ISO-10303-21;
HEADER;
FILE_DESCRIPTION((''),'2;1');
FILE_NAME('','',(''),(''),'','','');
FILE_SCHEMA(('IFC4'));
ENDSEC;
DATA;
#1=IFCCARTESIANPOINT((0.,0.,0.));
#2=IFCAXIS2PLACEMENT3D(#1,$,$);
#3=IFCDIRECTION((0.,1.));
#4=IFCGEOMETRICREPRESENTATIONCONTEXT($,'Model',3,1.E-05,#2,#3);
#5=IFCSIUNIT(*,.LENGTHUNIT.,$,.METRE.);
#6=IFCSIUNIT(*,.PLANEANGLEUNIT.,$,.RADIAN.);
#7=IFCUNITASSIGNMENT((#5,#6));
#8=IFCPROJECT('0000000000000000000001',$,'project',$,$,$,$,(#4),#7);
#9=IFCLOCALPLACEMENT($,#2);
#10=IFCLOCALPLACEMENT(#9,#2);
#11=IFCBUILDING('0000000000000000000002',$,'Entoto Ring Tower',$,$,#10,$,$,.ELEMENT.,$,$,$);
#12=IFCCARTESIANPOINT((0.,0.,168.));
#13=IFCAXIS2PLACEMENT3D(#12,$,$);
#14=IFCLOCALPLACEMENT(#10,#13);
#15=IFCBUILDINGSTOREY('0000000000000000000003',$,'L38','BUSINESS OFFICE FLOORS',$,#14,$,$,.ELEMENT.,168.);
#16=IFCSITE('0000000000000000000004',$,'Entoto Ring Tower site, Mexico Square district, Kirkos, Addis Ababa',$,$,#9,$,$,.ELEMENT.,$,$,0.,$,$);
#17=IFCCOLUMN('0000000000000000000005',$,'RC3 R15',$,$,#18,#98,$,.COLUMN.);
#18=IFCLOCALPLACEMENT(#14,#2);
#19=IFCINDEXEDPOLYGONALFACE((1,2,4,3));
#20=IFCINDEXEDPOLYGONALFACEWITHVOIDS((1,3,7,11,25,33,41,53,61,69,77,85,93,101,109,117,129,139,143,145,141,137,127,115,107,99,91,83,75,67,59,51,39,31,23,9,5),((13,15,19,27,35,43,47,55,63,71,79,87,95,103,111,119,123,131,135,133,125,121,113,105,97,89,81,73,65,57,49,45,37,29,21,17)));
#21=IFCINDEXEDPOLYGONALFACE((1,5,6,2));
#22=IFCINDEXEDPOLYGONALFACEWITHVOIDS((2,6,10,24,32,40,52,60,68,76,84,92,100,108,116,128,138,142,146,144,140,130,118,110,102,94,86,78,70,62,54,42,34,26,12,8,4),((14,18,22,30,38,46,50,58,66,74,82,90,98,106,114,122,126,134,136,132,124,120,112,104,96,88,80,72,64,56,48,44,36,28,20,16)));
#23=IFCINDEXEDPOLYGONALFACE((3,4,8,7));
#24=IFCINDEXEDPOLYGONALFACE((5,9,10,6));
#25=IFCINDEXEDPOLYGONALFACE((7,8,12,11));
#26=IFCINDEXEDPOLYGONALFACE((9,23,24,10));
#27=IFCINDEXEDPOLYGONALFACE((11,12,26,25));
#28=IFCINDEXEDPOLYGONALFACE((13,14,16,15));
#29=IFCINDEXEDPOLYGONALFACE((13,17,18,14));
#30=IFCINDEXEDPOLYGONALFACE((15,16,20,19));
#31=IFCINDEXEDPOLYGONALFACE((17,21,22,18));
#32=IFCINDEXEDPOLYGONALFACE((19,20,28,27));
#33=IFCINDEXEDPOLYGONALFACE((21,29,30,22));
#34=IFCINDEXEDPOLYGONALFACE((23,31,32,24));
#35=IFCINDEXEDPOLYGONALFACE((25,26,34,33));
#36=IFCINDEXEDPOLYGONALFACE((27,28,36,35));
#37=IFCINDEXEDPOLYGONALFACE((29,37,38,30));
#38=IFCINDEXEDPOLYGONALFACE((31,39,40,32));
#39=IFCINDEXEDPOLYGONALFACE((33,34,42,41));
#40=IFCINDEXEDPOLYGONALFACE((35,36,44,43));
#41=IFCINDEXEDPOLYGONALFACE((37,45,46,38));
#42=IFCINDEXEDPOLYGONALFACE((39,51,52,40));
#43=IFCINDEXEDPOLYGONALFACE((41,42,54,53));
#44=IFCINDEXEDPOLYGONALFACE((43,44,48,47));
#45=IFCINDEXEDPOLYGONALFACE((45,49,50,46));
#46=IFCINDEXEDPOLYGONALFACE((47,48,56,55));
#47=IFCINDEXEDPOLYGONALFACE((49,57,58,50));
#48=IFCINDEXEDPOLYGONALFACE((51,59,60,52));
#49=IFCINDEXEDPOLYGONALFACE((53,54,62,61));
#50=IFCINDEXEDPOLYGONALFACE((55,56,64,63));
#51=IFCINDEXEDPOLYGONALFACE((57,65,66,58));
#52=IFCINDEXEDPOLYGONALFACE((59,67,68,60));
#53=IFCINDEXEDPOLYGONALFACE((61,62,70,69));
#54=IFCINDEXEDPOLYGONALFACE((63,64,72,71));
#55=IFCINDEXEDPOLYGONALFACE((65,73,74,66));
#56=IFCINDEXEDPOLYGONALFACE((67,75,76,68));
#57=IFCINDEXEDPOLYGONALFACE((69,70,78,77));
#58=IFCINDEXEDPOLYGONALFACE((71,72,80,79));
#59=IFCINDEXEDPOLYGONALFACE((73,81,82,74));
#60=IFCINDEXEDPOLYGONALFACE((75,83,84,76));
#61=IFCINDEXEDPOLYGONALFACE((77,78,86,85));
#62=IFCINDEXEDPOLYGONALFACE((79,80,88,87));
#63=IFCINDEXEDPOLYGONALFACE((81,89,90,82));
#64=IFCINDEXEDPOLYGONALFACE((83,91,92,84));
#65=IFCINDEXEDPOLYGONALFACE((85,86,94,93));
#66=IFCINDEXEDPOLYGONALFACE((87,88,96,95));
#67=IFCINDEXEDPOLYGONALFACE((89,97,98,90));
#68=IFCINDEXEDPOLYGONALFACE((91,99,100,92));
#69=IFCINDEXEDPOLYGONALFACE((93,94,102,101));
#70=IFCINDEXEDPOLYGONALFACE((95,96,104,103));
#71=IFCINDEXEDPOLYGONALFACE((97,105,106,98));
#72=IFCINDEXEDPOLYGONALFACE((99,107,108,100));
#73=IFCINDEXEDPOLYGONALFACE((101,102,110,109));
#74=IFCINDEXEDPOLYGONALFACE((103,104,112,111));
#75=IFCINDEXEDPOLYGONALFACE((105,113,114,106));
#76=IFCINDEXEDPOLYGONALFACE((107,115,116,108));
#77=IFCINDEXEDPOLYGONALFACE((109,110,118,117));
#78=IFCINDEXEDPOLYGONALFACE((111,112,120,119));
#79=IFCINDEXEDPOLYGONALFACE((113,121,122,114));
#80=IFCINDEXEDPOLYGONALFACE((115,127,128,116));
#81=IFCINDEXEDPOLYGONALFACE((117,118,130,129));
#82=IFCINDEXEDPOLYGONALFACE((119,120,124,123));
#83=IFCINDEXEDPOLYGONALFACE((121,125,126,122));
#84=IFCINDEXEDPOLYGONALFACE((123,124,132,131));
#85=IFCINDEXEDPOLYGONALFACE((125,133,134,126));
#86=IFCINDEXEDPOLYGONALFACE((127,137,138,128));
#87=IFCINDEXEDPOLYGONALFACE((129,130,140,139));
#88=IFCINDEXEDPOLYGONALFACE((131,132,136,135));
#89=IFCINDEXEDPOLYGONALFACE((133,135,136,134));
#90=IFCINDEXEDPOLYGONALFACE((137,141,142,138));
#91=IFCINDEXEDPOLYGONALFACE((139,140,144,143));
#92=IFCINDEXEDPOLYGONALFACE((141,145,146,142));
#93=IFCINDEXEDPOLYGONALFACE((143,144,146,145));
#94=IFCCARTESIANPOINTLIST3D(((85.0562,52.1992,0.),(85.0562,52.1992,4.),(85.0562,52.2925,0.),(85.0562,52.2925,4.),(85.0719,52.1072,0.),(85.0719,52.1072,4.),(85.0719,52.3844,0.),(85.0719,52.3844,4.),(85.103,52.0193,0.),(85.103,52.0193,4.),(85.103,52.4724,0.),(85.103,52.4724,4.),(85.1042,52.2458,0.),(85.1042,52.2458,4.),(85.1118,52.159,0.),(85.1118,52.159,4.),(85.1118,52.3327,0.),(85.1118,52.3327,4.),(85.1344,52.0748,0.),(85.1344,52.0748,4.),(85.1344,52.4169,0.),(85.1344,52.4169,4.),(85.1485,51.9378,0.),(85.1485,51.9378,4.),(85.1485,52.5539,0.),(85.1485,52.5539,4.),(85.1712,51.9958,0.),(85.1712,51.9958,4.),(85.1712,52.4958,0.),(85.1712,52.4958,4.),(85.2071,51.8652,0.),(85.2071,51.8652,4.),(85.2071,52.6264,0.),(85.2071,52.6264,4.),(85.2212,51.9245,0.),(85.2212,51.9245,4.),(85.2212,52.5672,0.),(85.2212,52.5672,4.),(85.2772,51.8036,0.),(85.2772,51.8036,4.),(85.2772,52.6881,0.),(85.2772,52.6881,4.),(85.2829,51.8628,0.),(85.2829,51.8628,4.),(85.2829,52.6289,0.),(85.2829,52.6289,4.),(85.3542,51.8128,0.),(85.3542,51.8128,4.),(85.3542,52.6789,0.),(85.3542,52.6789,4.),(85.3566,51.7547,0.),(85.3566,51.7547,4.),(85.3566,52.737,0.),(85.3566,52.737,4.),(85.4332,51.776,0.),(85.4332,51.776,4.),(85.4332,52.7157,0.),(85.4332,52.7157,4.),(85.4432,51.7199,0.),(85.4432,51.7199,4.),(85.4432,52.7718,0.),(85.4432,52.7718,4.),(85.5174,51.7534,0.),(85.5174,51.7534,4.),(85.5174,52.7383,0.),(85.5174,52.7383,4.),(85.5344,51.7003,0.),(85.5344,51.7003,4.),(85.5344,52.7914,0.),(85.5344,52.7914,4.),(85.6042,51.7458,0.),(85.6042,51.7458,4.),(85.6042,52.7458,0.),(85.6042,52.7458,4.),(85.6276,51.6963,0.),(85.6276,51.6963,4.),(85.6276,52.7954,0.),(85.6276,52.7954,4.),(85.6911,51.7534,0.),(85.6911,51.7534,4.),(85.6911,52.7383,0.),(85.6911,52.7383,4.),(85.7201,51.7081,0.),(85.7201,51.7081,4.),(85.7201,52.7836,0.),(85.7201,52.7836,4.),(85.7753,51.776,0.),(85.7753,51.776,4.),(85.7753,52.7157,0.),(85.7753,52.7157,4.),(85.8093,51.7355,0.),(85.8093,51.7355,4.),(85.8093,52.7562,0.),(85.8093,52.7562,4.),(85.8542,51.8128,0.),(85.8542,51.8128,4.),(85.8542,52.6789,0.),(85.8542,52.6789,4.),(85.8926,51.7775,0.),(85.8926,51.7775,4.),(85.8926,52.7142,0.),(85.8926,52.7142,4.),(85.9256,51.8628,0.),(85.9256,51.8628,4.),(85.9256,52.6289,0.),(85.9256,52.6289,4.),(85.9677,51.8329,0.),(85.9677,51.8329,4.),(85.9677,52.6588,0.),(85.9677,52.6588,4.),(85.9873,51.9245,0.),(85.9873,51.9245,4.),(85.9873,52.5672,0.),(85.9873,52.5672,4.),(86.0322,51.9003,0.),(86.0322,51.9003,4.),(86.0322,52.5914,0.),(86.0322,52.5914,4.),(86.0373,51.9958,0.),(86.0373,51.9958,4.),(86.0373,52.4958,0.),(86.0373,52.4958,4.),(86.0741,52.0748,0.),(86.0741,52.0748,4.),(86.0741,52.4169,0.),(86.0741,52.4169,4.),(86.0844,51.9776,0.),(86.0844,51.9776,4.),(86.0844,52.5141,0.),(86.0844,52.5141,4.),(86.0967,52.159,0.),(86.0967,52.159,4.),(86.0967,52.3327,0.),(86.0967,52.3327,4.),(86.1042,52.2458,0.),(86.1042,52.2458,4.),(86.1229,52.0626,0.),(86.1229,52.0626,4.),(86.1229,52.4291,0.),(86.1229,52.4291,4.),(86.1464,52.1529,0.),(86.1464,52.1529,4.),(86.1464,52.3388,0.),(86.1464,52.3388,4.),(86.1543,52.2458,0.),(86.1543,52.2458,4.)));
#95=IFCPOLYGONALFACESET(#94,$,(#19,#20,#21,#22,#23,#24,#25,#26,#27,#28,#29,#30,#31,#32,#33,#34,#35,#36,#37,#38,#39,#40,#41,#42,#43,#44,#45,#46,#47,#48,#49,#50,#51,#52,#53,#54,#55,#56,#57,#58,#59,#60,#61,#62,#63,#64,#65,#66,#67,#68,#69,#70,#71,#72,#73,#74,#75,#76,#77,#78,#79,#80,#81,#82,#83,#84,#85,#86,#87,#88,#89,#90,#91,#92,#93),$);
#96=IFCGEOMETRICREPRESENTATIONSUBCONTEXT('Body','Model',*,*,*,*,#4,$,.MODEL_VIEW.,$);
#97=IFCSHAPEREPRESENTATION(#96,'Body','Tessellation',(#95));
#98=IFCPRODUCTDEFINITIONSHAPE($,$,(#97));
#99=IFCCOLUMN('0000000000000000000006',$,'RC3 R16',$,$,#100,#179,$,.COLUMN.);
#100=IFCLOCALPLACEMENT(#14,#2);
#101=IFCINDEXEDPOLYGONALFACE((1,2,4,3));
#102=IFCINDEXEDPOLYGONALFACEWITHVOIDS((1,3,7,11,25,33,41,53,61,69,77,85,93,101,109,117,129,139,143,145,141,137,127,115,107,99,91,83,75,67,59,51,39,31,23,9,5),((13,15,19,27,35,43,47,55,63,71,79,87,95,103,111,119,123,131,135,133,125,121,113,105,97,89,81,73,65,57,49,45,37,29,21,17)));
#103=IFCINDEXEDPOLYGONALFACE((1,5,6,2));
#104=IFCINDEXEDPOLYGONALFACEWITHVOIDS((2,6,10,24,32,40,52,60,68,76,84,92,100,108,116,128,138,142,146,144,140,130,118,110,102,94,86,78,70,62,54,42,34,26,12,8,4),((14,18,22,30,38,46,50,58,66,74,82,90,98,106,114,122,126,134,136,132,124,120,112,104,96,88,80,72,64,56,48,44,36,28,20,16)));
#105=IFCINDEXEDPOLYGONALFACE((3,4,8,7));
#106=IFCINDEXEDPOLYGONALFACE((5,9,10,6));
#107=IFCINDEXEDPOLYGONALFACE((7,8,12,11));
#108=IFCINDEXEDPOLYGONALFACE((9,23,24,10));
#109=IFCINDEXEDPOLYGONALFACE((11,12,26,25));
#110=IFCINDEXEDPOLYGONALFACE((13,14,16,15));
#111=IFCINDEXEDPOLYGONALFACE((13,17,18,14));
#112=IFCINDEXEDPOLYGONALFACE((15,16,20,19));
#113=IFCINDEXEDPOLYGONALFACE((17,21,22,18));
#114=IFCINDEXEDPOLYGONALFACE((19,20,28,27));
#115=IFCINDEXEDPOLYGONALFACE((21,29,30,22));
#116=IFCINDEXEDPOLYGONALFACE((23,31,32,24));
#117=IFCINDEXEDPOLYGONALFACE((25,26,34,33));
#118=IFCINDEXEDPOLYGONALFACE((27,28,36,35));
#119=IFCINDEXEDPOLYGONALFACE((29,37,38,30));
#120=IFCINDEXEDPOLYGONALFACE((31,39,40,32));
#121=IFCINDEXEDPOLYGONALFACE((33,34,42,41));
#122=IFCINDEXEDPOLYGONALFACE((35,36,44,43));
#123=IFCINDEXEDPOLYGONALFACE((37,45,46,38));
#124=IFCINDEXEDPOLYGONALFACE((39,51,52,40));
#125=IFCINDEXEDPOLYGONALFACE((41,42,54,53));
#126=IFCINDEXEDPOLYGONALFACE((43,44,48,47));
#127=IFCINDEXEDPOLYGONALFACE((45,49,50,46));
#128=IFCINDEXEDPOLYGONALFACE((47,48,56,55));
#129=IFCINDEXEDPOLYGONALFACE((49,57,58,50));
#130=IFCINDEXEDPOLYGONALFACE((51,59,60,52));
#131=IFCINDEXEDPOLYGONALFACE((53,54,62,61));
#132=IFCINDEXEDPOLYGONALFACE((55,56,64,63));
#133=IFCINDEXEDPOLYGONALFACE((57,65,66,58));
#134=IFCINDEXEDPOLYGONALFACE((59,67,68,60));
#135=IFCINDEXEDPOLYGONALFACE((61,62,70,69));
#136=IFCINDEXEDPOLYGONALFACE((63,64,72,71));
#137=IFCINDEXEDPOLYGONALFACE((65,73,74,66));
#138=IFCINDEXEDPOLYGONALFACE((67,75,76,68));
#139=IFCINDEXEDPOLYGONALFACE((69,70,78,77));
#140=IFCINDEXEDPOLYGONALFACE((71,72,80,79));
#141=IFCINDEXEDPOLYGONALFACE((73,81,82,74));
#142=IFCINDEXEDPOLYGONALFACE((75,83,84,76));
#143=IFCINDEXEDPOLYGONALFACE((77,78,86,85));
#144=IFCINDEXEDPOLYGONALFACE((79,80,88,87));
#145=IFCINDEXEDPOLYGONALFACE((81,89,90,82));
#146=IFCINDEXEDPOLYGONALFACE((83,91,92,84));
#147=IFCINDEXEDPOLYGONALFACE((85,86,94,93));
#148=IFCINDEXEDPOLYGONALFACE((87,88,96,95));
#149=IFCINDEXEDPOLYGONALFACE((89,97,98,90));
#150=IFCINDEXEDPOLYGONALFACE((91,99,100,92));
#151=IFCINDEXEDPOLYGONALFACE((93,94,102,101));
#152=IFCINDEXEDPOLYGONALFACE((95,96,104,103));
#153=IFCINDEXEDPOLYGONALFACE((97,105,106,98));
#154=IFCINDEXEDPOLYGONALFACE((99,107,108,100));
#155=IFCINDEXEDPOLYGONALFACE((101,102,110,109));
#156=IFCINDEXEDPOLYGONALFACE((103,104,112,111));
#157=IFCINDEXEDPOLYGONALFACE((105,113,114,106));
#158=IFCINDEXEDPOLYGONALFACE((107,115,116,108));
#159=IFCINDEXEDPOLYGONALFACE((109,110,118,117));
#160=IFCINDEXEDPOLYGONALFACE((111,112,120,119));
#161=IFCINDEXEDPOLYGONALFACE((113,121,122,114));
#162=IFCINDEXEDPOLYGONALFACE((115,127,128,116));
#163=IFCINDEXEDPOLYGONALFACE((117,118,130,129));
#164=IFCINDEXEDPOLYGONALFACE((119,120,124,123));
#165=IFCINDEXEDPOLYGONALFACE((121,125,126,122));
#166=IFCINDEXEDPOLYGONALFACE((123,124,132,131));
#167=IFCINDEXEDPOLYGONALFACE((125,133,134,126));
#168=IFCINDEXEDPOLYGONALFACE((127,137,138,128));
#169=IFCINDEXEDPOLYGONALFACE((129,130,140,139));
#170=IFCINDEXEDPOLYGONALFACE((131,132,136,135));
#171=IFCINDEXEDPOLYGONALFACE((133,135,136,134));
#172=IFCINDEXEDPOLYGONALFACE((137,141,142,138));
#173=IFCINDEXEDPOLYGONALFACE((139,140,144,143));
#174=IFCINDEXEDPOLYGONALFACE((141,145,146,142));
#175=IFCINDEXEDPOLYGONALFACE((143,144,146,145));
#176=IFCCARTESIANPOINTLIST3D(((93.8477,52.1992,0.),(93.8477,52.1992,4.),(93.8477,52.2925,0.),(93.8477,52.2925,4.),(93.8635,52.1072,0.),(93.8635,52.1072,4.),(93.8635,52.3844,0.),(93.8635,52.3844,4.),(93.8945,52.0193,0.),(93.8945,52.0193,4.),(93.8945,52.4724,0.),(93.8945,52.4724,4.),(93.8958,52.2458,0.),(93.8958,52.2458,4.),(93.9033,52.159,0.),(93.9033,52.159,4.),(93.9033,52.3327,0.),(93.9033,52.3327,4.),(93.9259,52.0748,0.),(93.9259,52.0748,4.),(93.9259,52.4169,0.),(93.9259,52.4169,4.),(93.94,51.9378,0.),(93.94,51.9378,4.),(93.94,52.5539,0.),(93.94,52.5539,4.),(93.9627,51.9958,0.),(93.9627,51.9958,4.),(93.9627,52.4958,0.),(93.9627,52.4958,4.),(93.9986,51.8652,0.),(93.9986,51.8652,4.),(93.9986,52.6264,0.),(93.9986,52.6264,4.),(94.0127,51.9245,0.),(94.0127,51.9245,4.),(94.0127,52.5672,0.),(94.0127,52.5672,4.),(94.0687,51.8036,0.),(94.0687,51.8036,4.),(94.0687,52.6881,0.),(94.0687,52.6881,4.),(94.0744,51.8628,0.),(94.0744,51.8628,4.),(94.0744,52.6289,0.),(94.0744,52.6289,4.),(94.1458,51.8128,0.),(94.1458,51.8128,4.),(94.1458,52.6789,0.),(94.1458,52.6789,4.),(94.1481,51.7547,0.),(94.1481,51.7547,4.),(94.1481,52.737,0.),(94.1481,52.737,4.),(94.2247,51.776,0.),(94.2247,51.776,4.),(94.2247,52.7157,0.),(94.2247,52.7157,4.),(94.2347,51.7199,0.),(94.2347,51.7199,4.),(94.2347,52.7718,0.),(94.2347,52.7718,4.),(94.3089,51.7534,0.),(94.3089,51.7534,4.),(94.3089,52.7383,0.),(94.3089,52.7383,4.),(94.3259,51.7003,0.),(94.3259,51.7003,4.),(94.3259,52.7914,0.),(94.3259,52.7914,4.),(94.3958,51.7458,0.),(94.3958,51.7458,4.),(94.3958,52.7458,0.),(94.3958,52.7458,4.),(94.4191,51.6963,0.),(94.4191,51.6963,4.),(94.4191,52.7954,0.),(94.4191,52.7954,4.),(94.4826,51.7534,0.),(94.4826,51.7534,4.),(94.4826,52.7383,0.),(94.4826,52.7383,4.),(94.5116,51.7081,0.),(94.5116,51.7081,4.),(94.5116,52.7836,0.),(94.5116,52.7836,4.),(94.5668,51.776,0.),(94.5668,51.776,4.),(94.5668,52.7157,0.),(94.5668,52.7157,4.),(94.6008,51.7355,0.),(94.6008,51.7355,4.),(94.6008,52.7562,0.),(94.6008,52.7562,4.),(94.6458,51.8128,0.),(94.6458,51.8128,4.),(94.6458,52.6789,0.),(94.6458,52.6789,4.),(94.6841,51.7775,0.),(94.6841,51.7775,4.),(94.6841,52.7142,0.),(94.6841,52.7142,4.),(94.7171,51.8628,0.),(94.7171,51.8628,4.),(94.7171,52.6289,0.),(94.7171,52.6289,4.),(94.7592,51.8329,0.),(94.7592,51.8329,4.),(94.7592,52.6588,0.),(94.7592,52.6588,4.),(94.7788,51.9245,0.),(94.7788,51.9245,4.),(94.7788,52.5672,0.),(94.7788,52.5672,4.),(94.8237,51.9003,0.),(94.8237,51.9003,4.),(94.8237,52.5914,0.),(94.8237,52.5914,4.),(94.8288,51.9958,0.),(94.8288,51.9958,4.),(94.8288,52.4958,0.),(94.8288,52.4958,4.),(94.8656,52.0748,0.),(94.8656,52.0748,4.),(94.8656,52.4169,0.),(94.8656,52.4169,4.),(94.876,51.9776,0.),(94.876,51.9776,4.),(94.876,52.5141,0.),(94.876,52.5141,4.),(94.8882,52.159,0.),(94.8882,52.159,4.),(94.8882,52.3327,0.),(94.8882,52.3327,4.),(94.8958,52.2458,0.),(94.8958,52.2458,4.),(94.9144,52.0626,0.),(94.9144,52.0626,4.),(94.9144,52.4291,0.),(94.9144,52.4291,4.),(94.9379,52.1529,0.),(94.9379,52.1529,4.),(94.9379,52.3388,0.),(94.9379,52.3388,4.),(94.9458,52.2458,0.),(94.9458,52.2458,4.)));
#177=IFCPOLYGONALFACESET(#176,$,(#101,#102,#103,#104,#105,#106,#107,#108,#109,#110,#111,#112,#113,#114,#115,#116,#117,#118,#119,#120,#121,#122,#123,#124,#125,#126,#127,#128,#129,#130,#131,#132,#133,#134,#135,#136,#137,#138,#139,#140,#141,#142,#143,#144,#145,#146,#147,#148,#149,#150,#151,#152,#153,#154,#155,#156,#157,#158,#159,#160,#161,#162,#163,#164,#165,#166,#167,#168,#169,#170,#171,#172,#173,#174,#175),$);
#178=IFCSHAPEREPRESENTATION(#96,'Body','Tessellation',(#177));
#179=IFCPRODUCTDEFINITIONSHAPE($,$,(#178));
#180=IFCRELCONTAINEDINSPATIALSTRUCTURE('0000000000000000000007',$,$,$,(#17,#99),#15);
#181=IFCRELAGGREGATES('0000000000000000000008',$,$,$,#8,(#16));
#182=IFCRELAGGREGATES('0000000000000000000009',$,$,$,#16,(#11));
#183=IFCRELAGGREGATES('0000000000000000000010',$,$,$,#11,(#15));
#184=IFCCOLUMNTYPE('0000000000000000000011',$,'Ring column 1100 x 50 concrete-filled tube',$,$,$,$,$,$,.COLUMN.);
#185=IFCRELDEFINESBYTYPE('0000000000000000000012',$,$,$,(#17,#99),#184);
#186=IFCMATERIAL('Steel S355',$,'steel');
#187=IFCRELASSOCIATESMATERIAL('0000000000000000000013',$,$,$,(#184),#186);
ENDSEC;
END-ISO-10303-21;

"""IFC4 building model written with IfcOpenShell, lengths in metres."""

from ifc_helpers import new_model, si_unit, direction, frame, origin, origin_2d, place, context, subcontext, project, spatial, circle, hollow_circle, extrude, material, material_profile, profile_set, type_object, element, save


model = new_model("IFC4")

# Units and contexts
model_context = context("Model", 3, precision=1e-05, world=origin(), true_north=direction((0.0, 1.0)))
body_context = subcontext(model_context, "Body", "Model", "MODEL_VIEW")
ifc_project = project(units=[si_unit("LENGTHUNIT", "METRE"), si_unit("PLANEANGLEUNIT", "RADIAN")], contexts=[model_context])

# Site, building, storey
site_placement = place(None, origin())
site = spatial("IfcSite", under=ifc_project, at=site_placement, Name="Entoto Ring Tower site, Mexico Square district, Kirkos, Addis Ababa", CompositionType="ELEMENT", RefElevation=0.0)
building_placement = place(site_placement, origin())
building = spatial("IfcBuilding", under=site, at=building_placement, Name="Entoto Ring Tower", CompositionType="ELEMENT")
storey_placement = place(building_placement, frame((0.0, 0.0, 168.0)))
storey = spatial("IfcBuildingStorey", under=building, at=storey_placement, Name="L38", Description="BUSINESS OFFICE FLOORS", CompositionType="ELEMENT", Elevation=168.0)

# Columns
ifc_material_1 = material(Name="Steel S355", Category="steel")
ifc_material_profile_1 = material_profile(ifc_material_1, hollow_circle(Radius=0.55, WallThickness=0.05, at=origin_2d()), Name="CHS 1100 x 50")
ifc_material_2 = material(Name="Concrete C60/75", Category="concrete")
ifc_material_profile_2 = material_profile(ifc_material_2, circle(Radius=0.5, at=origin_2d()), Name="Concrete C60/75 infill")
ifc_profile_set_1 = profile_set([ifc_material_profile_1, ifc_material_profile_2], Name="Steel S355")
column_type = type_object("IfcColumnType", Name="Ring column 1100 x 50 concrete-filled tube", PredefinedType="COLUMN", material=ifc_profile_set_1)
for number, where, z_axis, x_axis, name in (
    (1, (85.6042, 52.2458, 0.0), (0.0, 0.0, 1.0), (1.0, 0.0, 0.0), "RC3 R15"),
    (2, (94.3958, 52.2458, 0.0), (0.0, 0.0, 1.0), (1.0, 0.0, 0.0), "RC3 R16"),
):
    element("IfcColumn", number, at=place(storey_placement, frame(where, z_axis=z_axis, x_axis=x_axis)), inside=storey, type_object=column_type, Name=name, PredefinedType="COLUMN", context=body_context, shape_type="SweptSolid", body=[
        extrude(hollow_circle(Radius=0.55, WallThickness=0.05, at=origin_2d()), origin(), (0.0, 0.0, 1.0), 4.0),
    ])

save(model, "model.ifc")
